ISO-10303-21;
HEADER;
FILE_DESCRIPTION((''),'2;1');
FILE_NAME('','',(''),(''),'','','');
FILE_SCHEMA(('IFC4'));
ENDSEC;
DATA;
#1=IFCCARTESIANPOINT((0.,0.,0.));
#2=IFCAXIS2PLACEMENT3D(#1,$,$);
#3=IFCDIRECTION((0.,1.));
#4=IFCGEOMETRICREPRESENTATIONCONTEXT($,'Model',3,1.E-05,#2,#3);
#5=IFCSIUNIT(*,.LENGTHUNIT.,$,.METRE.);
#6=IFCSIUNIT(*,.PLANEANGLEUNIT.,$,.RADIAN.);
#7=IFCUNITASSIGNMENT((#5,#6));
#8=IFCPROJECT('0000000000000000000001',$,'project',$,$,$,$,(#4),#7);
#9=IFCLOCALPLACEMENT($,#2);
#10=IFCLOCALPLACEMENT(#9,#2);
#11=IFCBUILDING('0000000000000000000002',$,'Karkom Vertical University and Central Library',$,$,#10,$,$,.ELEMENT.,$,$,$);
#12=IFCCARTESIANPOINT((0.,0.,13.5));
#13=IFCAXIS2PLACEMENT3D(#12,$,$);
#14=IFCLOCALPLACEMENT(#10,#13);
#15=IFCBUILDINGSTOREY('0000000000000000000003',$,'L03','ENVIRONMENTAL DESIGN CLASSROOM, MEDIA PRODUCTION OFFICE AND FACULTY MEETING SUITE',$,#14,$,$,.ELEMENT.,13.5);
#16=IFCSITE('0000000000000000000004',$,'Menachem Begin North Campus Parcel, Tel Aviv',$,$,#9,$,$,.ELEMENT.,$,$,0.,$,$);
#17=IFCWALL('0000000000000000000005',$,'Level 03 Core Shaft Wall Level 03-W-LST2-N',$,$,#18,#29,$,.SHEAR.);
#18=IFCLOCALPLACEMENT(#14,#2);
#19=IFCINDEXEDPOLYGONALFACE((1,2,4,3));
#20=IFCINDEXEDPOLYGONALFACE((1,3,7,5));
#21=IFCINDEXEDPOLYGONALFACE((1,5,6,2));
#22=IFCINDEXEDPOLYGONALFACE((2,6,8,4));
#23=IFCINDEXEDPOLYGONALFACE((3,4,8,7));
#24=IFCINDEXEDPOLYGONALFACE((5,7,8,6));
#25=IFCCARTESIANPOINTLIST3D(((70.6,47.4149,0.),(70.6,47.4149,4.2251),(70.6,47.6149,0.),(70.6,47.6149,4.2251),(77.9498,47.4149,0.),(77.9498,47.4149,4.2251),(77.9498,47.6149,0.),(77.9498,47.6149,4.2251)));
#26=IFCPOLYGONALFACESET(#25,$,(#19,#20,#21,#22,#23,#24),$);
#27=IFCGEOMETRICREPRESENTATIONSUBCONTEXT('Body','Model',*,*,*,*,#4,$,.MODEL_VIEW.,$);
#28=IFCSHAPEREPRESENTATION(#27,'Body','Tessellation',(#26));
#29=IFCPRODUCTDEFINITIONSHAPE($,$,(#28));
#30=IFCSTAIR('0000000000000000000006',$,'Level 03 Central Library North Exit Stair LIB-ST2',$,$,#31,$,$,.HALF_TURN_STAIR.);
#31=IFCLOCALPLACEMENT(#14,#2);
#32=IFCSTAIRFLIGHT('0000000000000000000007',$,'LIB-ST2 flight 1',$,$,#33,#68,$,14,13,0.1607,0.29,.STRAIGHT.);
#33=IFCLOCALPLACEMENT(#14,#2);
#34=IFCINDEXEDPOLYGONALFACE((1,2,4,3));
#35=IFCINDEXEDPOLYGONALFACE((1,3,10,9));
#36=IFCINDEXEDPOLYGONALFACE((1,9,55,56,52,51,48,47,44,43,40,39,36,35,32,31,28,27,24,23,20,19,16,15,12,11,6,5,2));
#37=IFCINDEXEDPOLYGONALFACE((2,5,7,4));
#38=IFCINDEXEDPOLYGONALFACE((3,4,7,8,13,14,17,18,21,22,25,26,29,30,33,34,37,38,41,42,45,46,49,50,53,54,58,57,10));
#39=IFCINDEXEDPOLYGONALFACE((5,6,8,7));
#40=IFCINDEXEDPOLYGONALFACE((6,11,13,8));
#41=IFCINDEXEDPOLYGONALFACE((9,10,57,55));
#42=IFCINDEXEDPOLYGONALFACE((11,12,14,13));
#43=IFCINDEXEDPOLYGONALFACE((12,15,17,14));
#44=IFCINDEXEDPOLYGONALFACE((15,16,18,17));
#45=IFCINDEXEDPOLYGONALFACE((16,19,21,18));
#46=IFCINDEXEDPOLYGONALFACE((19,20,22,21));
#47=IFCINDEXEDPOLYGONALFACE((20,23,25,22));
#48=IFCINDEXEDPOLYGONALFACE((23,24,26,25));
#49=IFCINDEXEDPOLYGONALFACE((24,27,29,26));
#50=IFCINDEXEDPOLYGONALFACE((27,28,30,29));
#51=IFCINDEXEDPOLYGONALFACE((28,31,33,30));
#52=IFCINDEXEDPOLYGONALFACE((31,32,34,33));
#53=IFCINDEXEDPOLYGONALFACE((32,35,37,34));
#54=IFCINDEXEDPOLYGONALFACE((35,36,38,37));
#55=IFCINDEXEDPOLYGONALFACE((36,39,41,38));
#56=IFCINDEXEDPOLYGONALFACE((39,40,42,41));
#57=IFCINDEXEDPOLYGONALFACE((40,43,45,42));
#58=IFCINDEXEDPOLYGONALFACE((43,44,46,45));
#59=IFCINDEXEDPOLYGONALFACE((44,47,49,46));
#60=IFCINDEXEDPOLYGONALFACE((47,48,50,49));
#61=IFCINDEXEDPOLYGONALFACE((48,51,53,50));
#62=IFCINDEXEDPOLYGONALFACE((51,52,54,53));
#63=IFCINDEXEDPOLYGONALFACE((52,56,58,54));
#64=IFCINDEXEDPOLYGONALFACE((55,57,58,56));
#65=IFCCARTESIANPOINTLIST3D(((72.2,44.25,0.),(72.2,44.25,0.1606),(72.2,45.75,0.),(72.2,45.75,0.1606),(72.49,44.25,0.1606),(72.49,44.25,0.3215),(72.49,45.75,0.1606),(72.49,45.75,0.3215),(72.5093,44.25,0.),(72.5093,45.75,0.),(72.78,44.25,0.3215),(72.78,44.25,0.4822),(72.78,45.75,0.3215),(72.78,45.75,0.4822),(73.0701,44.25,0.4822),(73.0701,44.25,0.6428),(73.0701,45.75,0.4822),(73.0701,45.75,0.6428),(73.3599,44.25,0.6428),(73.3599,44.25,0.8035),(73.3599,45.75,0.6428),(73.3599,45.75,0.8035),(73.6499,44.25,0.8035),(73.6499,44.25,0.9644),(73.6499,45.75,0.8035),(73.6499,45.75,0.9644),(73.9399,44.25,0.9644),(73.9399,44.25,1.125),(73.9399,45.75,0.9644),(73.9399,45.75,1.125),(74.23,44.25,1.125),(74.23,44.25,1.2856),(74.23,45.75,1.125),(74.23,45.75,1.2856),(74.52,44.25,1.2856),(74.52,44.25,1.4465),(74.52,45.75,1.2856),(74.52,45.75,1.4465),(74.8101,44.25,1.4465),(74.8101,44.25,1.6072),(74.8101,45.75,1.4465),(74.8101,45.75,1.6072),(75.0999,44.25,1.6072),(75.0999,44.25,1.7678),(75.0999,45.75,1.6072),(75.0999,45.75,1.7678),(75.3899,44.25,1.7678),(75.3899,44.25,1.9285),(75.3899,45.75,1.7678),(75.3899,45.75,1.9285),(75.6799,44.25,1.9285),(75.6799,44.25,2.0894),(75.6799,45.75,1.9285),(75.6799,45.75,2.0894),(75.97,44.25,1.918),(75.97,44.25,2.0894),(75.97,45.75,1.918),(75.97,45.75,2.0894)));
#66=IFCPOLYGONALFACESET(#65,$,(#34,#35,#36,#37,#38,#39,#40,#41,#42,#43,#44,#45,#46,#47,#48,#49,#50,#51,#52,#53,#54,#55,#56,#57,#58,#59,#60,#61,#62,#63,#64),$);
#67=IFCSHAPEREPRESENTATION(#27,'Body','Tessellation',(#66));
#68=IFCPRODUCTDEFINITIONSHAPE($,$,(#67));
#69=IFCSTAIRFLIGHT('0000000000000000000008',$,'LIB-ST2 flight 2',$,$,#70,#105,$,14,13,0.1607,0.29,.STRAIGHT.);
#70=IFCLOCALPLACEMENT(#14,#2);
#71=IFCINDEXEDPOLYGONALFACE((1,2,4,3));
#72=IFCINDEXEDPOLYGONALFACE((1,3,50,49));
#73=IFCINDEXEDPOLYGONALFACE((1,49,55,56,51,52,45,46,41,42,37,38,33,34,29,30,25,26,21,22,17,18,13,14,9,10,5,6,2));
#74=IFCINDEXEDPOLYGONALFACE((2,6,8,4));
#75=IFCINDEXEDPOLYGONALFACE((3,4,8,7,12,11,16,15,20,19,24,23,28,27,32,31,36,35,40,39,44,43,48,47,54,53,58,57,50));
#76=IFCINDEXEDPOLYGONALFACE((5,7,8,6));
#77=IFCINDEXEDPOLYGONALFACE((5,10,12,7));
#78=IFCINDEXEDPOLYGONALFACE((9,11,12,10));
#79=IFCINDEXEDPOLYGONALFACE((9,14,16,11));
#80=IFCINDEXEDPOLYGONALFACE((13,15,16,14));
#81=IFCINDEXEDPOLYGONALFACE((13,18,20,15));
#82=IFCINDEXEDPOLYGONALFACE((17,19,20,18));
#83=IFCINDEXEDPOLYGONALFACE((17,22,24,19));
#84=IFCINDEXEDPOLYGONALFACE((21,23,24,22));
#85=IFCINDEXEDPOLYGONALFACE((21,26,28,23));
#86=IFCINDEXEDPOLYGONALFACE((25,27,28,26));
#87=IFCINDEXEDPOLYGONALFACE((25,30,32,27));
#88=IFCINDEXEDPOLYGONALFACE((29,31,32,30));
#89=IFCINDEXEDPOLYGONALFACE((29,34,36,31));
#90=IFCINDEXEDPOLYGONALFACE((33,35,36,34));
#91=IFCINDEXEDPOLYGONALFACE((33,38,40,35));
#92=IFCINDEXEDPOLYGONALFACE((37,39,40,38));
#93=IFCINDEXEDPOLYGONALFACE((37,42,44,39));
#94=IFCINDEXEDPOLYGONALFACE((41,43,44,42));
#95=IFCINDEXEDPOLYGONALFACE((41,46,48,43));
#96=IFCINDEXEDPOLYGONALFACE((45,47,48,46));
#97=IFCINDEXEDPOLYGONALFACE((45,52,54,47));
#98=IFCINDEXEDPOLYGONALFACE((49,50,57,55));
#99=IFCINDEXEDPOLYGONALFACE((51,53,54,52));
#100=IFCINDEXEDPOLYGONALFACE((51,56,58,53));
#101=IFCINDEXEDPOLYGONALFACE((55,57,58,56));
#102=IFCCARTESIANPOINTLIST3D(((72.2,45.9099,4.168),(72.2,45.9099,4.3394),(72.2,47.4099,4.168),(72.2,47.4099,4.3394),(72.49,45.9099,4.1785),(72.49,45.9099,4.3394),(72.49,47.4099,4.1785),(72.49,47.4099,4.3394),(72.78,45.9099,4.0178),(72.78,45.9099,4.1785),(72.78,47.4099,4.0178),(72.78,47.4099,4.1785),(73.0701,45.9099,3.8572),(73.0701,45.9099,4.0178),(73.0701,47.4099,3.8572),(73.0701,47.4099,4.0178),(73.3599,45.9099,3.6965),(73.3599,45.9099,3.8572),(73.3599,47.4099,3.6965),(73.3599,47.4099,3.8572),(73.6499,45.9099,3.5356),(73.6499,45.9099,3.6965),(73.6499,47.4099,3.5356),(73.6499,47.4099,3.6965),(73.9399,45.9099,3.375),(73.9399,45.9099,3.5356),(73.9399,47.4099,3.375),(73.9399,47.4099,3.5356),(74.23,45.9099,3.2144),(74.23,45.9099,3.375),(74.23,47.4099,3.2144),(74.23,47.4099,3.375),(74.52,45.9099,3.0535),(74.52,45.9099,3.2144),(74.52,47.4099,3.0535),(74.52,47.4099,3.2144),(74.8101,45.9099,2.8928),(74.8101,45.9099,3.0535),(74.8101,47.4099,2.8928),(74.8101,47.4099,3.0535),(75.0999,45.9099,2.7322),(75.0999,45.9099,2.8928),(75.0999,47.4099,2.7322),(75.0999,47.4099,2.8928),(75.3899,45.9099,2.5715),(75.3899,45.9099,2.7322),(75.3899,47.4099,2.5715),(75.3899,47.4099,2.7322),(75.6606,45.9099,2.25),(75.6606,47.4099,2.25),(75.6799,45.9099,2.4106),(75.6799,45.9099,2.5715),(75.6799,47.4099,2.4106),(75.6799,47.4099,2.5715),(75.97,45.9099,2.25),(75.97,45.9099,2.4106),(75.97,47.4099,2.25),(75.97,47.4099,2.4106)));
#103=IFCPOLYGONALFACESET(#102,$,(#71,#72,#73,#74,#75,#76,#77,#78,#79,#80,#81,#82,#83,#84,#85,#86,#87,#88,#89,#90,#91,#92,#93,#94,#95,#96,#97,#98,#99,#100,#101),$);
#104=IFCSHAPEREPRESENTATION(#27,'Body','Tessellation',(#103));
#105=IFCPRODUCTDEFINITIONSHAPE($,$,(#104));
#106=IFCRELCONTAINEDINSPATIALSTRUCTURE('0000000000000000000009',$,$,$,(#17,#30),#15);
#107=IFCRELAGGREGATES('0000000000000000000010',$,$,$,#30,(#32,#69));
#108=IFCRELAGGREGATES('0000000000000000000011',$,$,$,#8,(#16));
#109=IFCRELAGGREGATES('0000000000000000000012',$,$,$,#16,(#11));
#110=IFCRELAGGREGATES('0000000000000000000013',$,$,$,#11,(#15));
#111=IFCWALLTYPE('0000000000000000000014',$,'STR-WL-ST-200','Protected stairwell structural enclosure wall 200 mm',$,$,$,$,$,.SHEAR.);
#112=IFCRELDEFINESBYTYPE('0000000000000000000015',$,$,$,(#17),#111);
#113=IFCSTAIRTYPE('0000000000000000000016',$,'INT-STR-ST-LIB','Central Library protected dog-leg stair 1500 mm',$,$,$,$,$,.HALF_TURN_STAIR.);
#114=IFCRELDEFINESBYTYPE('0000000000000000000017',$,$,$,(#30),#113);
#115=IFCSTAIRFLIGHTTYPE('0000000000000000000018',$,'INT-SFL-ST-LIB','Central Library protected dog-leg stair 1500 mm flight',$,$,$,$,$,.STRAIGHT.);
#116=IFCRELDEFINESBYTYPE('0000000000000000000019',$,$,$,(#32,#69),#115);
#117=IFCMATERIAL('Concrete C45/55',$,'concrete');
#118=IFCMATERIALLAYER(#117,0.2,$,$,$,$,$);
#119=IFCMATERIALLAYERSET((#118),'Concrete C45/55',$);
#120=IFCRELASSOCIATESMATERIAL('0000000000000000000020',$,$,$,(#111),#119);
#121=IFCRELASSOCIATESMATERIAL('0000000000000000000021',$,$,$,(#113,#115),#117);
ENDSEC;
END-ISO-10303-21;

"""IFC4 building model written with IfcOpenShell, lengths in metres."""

from ifc_helpers import new_model, si_unit, direction, frame, frame_2d, origin, place, context, subcontext, project, spatial, polyline, rectangle, outline, extrude, material, layer, layer_set, type_object, element, aggregate, save


model = new_model("IFC4")

# Units and contexts
model_context = context("Model", 3, precision=1e-05, world=origin(), true_north=direction((0.0, 1.0)))
body_context = subcontext(model_context, "Body", "Model", "MODEL_VIEW")
ifc_project = project(units=[si_unit("LENGTHUNIT", "METRE"), si_unit("PLANEANGLEUNIT", "RADIAN")], contexts=[model_context])

# Site, building, storey
site_placement = place(None, origin())
site = spatial("IfcSite", under=ifc_project, at=site_placement, Name="Menachem Begin North Campus Parcel, Tel Aviv", CompositionType="ELEMENT", RefElevation=0.0)
building_placement = place(site_placement, origin())
building = spatial("IfcBuilding", under=site, at=building_placement, Name="Karkom Vertical University and Central Library", CompositionType="ELEMENT")
storey_placement = place(building_placement, frame((0.0, 0.0, 13.5)))
storey = spatial("IfcBuildingStorey", under=building, at=storey_placement, Name="L03", Description="ENVIRONMENTAL DESIGN CLASSROOM, MEDIA PRODUCTION OFFICE AND FACULTY MEETING SUITE", CompositionType="ELEMENT", Elevation=13.5)

# Shared definitions
ifc_material_1 = material(Name="Concrete C45/55", Category="concrete")

# Wall
ifc_layer_1 = layer(ifc_material_1, 0.2)
ifc_layer_set_1 = layer_set([ifc_layer_1], Name="Concrete C45/55")
wall_type_1 = type_object("IfcWallType", Name="STR-WL-ST-200", Description="Protected stairwell structural enclosure wall 200 mm", PredefinedType="SHEAR", material=ifc_layer_set_1)
for number, where, z_axis, x_axis, name in (
    (1, (70.6001, 47.5149, 0.0), (0.0, 0.0, 1.0), (1.0, 0.0, 0.0), "Level 03 Core Shaft Wall Level 03-W-LST2-N"),
):
    element("IfcWall", number, at=place(storey_placement, frame(where, z_axis=z_axis, x_axis=x_axis)), inside=storey, type_object=wall_type_1, Name=name, PredefinedType="SHEAR", context=body_context, shape_type="SweptSolid", body=[
        extrude(rectangle(XDim=7.3499, YDim=0.2, at=frame_2d((3.6748, 0.0))), origin(), (0.0, 0.0, 1.0), 4.2251),
    ])

# Stair, stair flights
stair_type = type_object("IfcStairType", Name="INT-STR-ST-LIB", Description="Central Library protected dog-leg stair 1500 mm", PredefinedType="HALF_TURN_STAIR", material=ifc_material_1)
stair_placement = place(storey_placement, origin())
stair = element("IfcStair", 2, at=stair_placement, inside=storey, type_object=stair_type, Name="Level 03 Central Library North Exit Stair LIB-ST2", PredefinedType="HALF_TURN_STAIR")
stair_flight_type = type_object("IfcStairFlightType", Name="INT-SFL-ST-LIB", Description="Central Library protected dog-leg stair 1500 mm flight", PredefinedType="STRAIGHT", material=ifc_material_1)
stair_flight_1_placement = place(storey_placement, frame((72.2, 45.0, 0.0), z_axis=(0.0, 0.0, 1.0), x_axis=(1.0, 0.0, 0.0)))
stair_flight_1 = element("IfcStairFlight", 3, at=stair_flight_1_placement, type_object=stair_flight_type, Name="LIB-ST2 flight 1", NumberOfRisers=14, NumberOfTreads=13, PredefinedType="STRAIGHT", RiserHeight=0.1607, TreadLength=0.29, context=body_context, shape_type="SweptSolid", body=[
    extrude(outline(polyline([(0.0, 0.0), (0.0, 0.1606), (0.29, 0.1606), (0.29, 0.3215), (0.5801, 0.3215), (0.5801, 0.4822), (0.8701, 0.4822), (0.8701, 0.6428), (1.1599, 0.6428), (1.1599, 0.8035), (1.45, 0.8035), (1.45, 0.9644), (1.74, 0.9644), (1.74, 1.125), (2.03, 1.125), (2.03, 1.2856), (2.3201, 1.2856), (2.3201, 1.4465), (2.6101, 1.4465), (2.6101, 1.6072), (2.8999, 1.6072), (2.8999, 1.7678), (3.1899, 1.7678), (3.1899, 1.9285), (3.48, 1.9285), (3.48, 2.0894), (3.77, 2.0894), (3.77, 2.25), (3.77, 1.918), (0.3093, 0.0), (0.0, 0.0)])), frame((0.0, 0.75, 0.0), z_axis=(0.0, -1.0, 0.0), x_axis=(1.0, 0.0, 0.0)), (0.0, 0.0, 1.0), 1.5),
])
stair_flight_2_placement = place(storey_placement, frame((75.97, 46.6599, 2.25), z_axis=(0.0, 0.0, 1.0), x_axis=(-1.0, 0.0, 0.0)))
stair_flight_2 = element("IfcStairFlight", 4, at=stair_flight_2_placement, type_object=stair_flight_type, Name="LIB-ST2 flight 2", NumberOfRisers=14, NumberOfTreads=13, PredefinedType="STRAIGHT", RiserHeight=0.1607, TreadLength=0.29, context=body_context, shape_type="SweptSolid", body=[
    extrude(outline(polyline([(0.0, 0.0), (0.0, 0.1606), (0.29, 0.1606), (0.29, 0.3215), (0.5801, 0.3215), (0.5801, 0.4822), (0.8701, 0.4822), (0.8701, 0.6428), (1.1599, 0.6428), (1.1599, 0.8035), (1.45, 0.8035), (1.45, 0.9644), (1.74, 0.9644), (1.74, 1.125), (2.03, 1.125), (2.03, 1.2856), (2.3201, 1.2856), (2.3201, 1.4465), (2.6101, 1.4465), (2.6101, 1.6072), (2.8999, 1.6072), (2.8999, 1.7678), (3.1899, 1.7678), (3.1899, 1.9285), (3.48, 1.9285), (3.48, 2.0894), (3.77, 2.0894), (3.77, 2.25), (3.77, 1.918), (0.3093, 0.0), (0.0, 0.0)])), frame((0.0, 0.75, 0.0), z_axis=(0.0, -1.0, 0.0), x_axis=(1.0, 0.0, 0.0)), (0.0, 0.0, 1.0), 1.5),
])
aggregate(stair, [stair_flight_1, stair_flight_2])

save(model, "model.ifc")
